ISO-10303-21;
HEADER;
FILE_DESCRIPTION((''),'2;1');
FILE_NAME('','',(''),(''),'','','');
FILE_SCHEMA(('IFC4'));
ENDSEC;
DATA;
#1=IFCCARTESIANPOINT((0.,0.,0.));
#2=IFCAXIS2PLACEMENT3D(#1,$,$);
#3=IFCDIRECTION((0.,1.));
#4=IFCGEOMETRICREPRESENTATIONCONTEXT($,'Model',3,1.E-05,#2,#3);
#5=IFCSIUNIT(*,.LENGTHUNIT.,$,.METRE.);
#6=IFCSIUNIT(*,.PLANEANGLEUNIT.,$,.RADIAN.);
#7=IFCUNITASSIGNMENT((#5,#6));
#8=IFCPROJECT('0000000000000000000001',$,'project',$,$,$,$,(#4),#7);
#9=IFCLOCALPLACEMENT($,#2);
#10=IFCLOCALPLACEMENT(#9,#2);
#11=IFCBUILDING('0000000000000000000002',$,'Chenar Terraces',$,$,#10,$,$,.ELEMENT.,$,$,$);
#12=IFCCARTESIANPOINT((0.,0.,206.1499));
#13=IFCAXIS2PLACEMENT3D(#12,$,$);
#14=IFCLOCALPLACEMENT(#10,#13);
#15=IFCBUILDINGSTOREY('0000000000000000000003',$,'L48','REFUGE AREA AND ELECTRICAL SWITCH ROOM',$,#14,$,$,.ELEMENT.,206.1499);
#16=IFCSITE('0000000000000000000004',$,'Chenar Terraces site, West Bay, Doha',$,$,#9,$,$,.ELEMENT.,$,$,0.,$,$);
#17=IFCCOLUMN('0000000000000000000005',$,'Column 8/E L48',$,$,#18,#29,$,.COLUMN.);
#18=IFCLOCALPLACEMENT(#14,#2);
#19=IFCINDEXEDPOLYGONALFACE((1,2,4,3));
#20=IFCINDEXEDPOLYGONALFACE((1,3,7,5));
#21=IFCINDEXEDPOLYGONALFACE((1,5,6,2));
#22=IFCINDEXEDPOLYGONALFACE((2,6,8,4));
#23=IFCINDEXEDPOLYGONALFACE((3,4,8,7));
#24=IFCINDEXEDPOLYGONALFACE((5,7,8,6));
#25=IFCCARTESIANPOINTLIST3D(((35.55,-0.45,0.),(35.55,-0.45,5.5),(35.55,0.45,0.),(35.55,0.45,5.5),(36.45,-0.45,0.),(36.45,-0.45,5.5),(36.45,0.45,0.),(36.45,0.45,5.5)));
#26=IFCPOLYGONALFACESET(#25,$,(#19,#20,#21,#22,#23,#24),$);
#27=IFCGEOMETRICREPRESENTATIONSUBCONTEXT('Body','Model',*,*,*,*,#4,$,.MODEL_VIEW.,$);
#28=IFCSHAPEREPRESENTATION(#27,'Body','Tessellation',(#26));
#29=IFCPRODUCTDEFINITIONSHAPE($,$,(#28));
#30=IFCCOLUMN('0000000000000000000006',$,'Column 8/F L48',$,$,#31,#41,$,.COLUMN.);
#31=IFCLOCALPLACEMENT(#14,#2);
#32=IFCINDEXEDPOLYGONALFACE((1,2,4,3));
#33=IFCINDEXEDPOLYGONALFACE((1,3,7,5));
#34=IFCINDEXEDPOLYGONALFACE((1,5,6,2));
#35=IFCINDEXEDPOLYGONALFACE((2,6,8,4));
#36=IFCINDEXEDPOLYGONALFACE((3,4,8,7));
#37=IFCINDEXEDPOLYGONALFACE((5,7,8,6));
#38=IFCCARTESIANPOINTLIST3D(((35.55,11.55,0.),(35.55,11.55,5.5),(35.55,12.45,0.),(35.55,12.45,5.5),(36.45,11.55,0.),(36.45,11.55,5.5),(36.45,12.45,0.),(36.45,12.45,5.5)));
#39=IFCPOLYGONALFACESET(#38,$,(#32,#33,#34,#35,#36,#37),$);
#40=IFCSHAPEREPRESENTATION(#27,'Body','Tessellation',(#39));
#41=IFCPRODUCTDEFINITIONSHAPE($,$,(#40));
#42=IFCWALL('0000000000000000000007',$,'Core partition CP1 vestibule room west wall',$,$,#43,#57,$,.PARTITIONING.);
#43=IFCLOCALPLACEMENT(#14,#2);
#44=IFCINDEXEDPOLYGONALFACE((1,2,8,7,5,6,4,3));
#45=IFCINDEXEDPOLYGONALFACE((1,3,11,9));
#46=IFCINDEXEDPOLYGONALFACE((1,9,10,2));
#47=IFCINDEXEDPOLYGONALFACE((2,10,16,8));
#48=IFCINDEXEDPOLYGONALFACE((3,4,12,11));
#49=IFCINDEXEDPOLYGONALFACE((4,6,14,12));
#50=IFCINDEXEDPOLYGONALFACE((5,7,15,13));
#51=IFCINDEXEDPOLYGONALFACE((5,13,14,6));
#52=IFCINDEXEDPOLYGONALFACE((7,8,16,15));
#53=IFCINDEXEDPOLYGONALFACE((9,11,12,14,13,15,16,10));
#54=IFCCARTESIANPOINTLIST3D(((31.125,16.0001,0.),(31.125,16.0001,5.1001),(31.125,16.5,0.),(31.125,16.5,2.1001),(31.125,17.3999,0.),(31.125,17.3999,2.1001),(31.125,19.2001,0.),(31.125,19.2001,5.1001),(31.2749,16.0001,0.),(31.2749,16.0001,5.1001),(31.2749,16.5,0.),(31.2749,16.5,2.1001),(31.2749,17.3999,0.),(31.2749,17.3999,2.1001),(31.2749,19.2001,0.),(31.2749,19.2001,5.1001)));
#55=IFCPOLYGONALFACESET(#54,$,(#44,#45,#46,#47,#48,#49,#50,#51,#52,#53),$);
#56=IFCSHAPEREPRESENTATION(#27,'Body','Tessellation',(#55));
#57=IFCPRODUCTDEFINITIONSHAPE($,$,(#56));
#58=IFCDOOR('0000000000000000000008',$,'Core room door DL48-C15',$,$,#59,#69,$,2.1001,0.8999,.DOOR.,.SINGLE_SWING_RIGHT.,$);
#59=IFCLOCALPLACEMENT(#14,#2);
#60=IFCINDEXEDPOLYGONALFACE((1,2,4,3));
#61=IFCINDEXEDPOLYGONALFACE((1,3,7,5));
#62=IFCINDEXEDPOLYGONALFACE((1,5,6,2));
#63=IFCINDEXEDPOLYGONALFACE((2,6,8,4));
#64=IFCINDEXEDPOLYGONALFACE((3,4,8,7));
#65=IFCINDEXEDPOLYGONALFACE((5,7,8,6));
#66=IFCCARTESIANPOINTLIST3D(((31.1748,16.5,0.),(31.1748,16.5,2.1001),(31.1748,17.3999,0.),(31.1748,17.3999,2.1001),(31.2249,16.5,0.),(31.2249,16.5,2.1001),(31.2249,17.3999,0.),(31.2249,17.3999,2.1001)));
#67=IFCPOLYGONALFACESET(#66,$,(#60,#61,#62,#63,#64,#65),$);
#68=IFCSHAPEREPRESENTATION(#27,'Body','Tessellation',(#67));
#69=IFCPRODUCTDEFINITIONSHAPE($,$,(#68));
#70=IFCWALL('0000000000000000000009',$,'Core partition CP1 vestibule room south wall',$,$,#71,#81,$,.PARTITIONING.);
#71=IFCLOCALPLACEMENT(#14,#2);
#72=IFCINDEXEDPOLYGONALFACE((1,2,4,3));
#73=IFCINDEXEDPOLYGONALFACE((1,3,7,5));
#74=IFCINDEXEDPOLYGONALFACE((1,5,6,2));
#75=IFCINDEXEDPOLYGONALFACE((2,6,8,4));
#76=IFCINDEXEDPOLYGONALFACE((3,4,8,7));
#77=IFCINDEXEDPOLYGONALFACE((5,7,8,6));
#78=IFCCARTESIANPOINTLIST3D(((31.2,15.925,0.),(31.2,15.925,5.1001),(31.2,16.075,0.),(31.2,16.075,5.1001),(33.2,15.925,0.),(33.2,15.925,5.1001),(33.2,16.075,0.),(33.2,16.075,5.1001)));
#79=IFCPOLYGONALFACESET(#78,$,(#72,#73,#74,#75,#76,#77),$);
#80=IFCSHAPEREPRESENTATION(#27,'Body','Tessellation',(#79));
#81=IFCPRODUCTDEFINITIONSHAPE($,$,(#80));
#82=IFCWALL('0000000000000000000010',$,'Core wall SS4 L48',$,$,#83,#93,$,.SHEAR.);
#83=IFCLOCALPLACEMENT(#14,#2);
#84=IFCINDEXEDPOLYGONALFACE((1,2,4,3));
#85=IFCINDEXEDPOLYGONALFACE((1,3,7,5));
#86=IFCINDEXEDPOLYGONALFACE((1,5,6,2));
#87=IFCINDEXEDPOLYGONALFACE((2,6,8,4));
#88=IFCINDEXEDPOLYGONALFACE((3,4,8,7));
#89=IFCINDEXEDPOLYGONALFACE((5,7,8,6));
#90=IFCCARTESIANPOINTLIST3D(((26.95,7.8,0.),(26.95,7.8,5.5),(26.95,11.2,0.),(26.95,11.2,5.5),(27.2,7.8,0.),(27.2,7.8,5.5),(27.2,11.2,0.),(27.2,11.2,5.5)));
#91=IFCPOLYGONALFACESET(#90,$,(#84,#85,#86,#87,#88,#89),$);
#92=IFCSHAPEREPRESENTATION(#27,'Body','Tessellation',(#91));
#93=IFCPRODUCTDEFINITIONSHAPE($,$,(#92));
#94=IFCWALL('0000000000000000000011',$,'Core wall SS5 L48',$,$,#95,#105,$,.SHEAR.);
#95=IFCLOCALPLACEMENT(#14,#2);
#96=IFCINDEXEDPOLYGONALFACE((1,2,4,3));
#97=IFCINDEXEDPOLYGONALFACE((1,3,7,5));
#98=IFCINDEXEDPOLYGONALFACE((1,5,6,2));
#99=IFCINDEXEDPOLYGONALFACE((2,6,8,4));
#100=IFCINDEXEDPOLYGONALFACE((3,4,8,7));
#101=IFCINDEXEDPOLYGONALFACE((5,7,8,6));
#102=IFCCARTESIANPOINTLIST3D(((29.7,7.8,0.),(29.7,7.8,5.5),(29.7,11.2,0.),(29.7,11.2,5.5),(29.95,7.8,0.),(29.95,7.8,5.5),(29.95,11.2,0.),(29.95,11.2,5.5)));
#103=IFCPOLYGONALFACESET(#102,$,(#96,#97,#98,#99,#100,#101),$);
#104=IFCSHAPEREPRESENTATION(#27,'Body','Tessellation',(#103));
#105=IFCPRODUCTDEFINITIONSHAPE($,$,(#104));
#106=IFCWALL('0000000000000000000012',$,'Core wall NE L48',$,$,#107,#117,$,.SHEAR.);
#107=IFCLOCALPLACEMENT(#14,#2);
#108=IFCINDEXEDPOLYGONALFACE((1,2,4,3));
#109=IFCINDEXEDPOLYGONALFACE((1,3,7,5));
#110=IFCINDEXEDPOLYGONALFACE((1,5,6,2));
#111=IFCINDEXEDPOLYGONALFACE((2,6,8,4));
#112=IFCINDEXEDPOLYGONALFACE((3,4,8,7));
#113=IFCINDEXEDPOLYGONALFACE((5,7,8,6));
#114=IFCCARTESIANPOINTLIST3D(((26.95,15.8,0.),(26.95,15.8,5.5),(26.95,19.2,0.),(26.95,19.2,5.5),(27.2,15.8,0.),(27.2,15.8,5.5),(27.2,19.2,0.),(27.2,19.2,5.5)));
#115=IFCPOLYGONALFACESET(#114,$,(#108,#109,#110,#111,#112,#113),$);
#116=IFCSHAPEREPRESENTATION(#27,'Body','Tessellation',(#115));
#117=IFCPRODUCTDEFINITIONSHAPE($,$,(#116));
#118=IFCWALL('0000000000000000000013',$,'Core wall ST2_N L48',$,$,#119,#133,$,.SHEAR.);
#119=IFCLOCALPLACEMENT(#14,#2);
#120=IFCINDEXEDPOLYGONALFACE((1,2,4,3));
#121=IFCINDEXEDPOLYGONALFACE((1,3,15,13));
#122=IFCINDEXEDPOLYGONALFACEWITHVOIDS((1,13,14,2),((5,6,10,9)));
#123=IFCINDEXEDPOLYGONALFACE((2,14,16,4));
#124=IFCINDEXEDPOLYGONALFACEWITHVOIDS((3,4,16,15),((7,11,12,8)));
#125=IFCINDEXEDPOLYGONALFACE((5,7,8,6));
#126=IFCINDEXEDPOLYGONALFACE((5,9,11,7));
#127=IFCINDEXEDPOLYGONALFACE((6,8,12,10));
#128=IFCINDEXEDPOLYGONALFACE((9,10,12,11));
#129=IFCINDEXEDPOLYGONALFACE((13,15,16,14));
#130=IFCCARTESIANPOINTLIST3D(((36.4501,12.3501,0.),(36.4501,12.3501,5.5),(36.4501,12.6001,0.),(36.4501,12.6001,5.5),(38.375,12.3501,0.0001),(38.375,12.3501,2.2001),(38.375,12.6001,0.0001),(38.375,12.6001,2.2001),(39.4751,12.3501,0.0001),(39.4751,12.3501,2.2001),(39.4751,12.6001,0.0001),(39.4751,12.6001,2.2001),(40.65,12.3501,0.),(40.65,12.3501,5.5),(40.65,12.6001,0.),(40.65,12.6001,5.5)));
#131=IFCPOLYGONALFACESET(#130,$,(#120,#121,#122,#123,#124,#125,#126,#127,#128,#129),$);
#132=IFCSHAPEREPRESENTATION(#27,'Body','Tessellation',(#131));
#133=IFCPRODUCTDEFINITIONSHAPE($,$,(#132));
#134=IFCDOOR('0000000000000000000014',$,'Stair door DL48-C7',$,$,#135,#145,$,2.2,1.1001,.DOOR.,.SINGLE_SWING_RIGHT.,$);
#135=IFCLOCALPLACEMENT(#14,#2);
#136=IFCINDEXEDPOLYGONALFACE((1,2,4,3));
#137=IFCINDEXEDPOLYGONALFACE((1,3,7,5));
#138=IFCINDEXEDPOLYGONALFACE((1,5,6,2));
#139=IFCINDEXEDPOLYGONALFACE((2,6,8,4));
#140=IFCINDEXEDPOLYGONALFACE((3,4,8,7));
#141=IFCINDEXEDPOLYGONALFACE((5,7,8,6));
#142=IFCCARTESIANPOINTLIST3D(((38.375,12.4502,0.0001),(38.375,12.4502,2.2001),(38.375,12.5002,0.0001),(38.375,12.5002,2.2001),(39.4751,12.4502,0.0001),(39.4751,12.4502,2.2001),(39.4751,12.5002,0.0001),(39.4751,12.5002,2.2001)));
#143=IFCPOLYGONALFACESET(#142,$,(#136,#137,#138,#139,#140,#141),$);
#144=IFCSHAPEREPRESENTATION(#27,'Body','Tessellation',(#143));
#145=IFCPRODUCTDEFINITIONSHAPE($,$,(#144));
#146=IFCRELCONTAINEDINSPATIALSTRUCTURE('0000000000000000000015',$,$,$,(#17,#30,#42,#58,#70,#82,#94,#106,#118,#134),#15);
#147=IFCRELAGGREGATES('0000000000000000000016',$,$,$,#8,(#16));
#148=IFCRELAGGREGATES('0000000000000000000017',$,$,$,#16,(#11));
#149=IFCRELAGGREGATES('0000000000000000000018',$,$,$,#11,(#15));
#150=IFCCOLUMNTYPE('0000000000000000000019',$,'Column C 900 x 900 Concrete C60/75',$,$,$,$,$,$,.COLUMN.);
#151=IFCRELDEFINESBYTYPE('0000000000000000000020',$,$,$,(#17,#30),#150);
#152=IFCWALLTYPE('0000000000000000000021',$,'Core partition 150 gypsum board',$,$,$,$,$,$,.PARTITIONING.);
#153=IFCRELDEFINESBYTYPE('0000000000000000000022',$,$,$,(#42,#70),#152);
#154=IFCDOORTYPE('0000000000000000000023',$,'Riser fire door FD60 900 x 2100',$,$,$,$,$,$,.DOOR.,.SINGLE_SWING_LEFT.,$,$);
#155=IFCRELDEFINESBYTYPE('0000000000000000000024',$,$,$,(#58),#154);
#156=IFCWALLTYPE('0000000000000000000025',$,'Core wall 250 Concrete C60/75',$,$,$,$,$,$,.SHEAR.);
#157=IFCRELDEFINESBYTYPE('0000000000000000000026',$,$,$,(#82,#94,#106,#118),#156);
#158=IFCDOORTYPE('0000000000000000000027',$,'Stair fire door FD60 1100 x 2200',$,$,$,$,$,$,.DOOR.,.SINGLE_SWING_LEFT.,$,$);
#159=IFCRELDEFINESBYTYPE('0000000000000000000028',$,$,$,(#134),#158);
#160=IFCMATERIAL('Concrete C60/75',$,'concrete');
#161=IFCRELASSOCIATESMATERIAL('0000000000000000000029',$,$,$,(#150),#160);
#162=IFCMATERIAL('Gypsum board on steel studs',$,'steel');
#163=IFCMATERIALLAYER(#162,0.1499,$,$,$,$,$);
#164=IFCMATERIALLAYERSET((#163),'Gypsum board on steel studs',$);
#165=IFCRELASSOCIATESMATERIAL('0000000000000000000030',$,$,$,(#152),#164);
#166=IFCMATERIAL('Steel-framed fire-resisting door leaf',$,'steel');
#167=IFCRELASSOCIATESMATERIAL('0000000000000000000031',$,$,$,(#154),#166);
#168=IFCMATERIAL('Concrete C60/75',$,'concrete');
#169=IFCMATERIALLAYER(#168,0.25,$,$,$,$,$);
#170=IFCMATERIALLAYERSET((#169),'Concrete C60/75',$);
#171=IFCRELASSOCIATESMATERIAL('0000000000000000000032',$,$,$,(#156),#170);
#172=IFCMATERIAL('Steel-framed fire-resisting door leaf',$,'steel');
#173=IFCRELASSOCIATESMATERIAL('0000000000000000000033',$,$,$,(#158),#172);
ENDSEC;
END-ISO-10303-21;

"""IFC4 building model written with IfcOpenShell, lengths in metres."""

from ifc_helpers import new_model, si_unit, direction, frame, frame_2d, origin, origin_2d, place, context, subcontext, project, spatial, rectangle, extrude, material, layer, layer_set, material_profile, profile_set, type_object, element, fill, save


model = new_model("IFC4")

# Units and contexts
model_context = context("Model", 3, precision=1e-05, world=origin(), true_north=direction((0.0, 1.0)))
body_context = subcontext(model_context, "Body", "Model", "MODEL_VIEW")
ifc_project = project(units=[si_unit("LENGTHUNIT", "METRE"), si_unit("PLANEANGLEUNIT", "RADIAN")], contexts=[model_context])

# Site, building, storey
site_placement = place(None, origin())
site = spatial("IfcSite", under=ifc_project, at=site_placement, Name="Chenar Terraces site, West Bay, Doha", CompositionType="ELEMENT", RefElevation=0.0)
building_placement = place(site_placement, origin())
building = spatial("IfcBuilding", under=site, at=building_placement, Name="Chenar Terraces", CompositionType="ELEMENT")
storey_placement = place(building_placement, frame((0.0, 0.0, 206.1499)))
storey = spatial("IfcBuildingStorey", under=building, at=storey_placement, Name="L48", Description="REFUGE AREA AND ELECTRICAL SWITCH ROOM", CompositionType="ELEMENT", Elevation=206.1499)

# Columns
ifc_material_1 = material(Name="Concrete C60/75", Category="concrete")
ifc_material_profile_1 = material_profile(ifc_material_1, rectangle(XDim=0.8999, YDim=0.8999, at=origin_2d()), Name="C 900 x 900")
ifc_profile_set_1 = profile_set([ifc_material_profile_1], Name="Concrete C60/75")
column_type = type_object("IfcColumnType", Name="Column C 900 x 900 Concrete C60/75", PredefinedType="COLUMN", material=ifc_profile_set_1)
for number, where, z_axis, x_axis, name in (
    (1, (36.0, 0.0, 0.0), (0.0, 0.0, 1.0), (1.0, 0.0, 0.0), "Column 8/E L48"),
    (2, (36.0, 12.0, 0.0), (0.0, 0.0, 1.0), (1.0, 0.0, 0.0), "Column 8/F L48"),
):
    element("IfcColumn", number, at=place(storey_placement, frame(where, z_axis=z_axis, x_axis=x_axis)), inside=storey, type_object=column_type, Name=name, PredefinedType="COLUMN", context=body_context, shape_type="SweptSolid", body=[
        extrude(rectangle(XDim=0.8999, YDim=0.8999, at=origin_2d()), origin(), (0.0, 0.0, 1.0), 5.5),
    ])

# Wall, opening, door
ifc_material_2 = material(Name="Gypsum board on steel studs", Category="steel")
ifc_layer_1 = layer(ifc_material_2, 0.1499)
ifc_layer_set_1 = layer_set([ifc_layer_1], Name="Gypsum board on steel studs")
wall_type_1 = type_object("IfcWallType", Name="Core partition 150 gypsum board", PredefinedType="PARTITIONING", material=ifc_layer_set_1)
wall_1_placement = place(storey_placement, frame((31.2, 16.0, 0.0), z_axis=(0.0, 0.0, 1.0), x_axis=(0.0, 1.0, 0.0)))
wall_1 = element("IfcWall", 3, at=wall_1_placement, inside=storey, type_object=wall_type_1, Name="Core partition CP1 vestibule room west wall", PredefinedType="PARTITIONING", context=body_context, shape_type="SweptSolid", body=[
    extrude(rectangle(XDim=3.2, YDim=0.1499, at=frame_2d((1.6001, 0.0))), origin(), (0.0, 0.0, 1.0), 5.1001),
])
opening_1_placement = place(wall_1_placement, frame((0.5, 0.0, 0.0)))
opening_1 = element("IfcOpeningElement", 4, at=opening_1_placement, cuts=wall_1, PredefinedType="OPENING", context=body_context, shape_type="SweptSolid", body=[
    extrude(rectangle(XDim=0.8999, YDim=2.1001, at=frame_2d((0.45, 1.05))), frame((0.0, 0.085, 0.0), z_axis=(0.0, -1.0, 0.0), x_axis=(1.0, 0.0, 0.0)), (0.0, 0.0, 1.0), 0.1699),
])
ifc_material_3 = material(Name="Steel-framed fire-resisting door leaf", Category="steel")
door_type_1 = type_object("IfcDoorType", Name="Riser fire door FD60 900 x 2100", OperationType="SINGLE_SWING_LEFT", PredefinedType="DOOR", material=ifc_material_3)
door_1_placement = place(opening_1_placement, frame((0.8999, 0.0, 0.0), z_axis=(0.0, 0.0, 1.0), x_axis=(-1.0, 0.0, 0.0)))
door_1 = element("IfcDoor", 5, at=door_1_placement, inside=storey, type_object=door_type_1, Name="Core room door DL48-C15", OperationType="SINGLE_SWING_RIGHT", OverallHeight=2.1001, OverallWidth=0.8999, PredefinedType="DOOR", context=body_context, shape_type="SweptSolid", body=[
    extrude(rectangle(XDim=0.8999, YDim=2.1001, at=frame_2d((0.45, 1.05))), frame((0.0, 0.0249, 0.0), z_axis=(0.0, -1.0, 0.0), x_axis=(1.0, 0.0, 0.0)), (0.0, 0.0, 1.0), 0.05),
])
fill(opening_1, door_1)

# Walls
wall_2_placement = place(storey_placement, frame((31.2, 16.0, 0.0), z_axis=(0.0, 0.0, 1.0), x_axis=(1.0, 0.0, 0.0)))
element("IfcWall", 6, at=wall_2_placement, inside=storey, type_object=wall_type_1, Name="Core partition CP1 vestibule room south wall", PredefinedType="PARTITIONING", context=body_context, shape_type="SweptSolid", body=[
    extrude(rectangle(XDim=2.0, YDim=0.1499, at=frame_2d((1.0, 0.0))), origin(), (0.0, 0.0, 1.0), 5.1001),
])
ifc_material_4 = material(Name="Concrete C60/75", Category="concrete")
ifc_layer_2 = layer(ifc_material_4, 0.25)
ifc_layer_set_2 = layer_set([ifc_layer_2], Name="Concrete C60/75")
wall_type_2 = type_object("IfcWallType", Name="Core wall 250 Concrete C60/75", PredefinedType="SHEAR", material=ifc_layer_set_2)
for number, where, z_axis, x_axis, name in (
    (7, (27.075, 7.8, 0.0), (0.0, 0.0, 1.0), (0.0, 1.0, 0.0), "Core wall SS4 L48"),
    (8, (29.825, 7.8, 0.0), (0.0, 0.0, 1.0), (0.0, 1.0, 0.0), "Core wall SS5 L48"),
    (9, (27.075, 15.8, 0.0), (0.0, 0.0, 1.0), (0.0, 1.0, 0.0), "Core wall NE L48"),
):
    element("IfcWall", number, at=place(storey_placement, frame(where, z_axis=z_axis, x_axis=x_axis)), inside=storey, type_object=wall_type_2, Name=name, PredefinedType="SHEAR", context=body_context, shape_type="SweptSolid", body=[
        extrude(rectangle(XDim=3.3999, YDim=0.25, at=frame_2d((1.7, 0.0))), origin(), (0.0, 0.0, 1.0), 5.5),
    ])

# Wall, opening, door
wall_3_placement = place(storey_placement, frame((36.45, 12.4751, 0.0), z_axis=(0.0, 0.0, 1.0), x_axis=(1.0, 0.0, 0.0)))
wall_3 = element("IfcWall", 10, at=wall_3_placement, inside=storey, type_object=wall_type_2, Name="Core wall ST2_N L48", PredefinedType="SHEAR", context=body_context, shape_type="SweptSolid", body=[
    extrude(rectangle(XDim=4.2, YDim=0.25, at=frame_2d((2.1001, 0.0))), origin(), (0.0, 0.0, 1.0), 5.5),
])
opening_2_placement = place(wall_3_placement, frame((1.925, 0.0, 0.0)))
opening_2 = element("IfcOpeningElement", 11, at=opening_2_placement, cuts=wall_3, PredefinedType="OPENING", context=body_context, shape_type="SweptSolid", body=[
    extrude(rectangle(XDim=1.1001, YDim=2.2, at=frame_2d((0.55, 1.1001))), frame((0.0, 0.135, 0.0), z_axis=(0.0, -1.0, 0.0), x_axis=(1.0, 0.0, 0.0)), (0.0, 0.0, 1.0), 0.27),
])
ifc_material_5 = material(Name="Steel-framed fire-resisting door leaf", Category="steel")
door_type_2 = type_object("IfcDoorType", Name="Stair fire door FD60 1100 x 2200", OperationType="SINGLE_SWING_LEFT", PredefinedType="DOOR", material=ifc_material_5)
door_2_placement = place(opening_2_placement, frame((1.1001, 0.0, 0.0), z_axis=(0.0, 0.0, 1.0), x_axis=(-1.0, 0.0, 0.0)))
door_2 = element("IfcDoor", 12, at=door_2_placement, inside=storey, type_object=door_type_2, Name="Stair door DL48-C7", OperationType="SINGLE_SWING_RIGHT", OverallHeight=2.2, OverallWidth=1.1001, PredefinedType="DOOR", context=body_context, shape_type="SweptSolid", body=[
    extrude(rectangle(XDim=1.1001, YDim=2.2, at=frame_2d((0.55, 1.1001))), frame((0.0, 0.0249, 0.0), z_axis=(0.0, -1.0, 0.0), x_axis=(1.0, 0.0, 0.0)), (0.0, 0.0, 1.0), 0.05),
])
fill(opening_2, door_2)

save(model, "model.ifc")
